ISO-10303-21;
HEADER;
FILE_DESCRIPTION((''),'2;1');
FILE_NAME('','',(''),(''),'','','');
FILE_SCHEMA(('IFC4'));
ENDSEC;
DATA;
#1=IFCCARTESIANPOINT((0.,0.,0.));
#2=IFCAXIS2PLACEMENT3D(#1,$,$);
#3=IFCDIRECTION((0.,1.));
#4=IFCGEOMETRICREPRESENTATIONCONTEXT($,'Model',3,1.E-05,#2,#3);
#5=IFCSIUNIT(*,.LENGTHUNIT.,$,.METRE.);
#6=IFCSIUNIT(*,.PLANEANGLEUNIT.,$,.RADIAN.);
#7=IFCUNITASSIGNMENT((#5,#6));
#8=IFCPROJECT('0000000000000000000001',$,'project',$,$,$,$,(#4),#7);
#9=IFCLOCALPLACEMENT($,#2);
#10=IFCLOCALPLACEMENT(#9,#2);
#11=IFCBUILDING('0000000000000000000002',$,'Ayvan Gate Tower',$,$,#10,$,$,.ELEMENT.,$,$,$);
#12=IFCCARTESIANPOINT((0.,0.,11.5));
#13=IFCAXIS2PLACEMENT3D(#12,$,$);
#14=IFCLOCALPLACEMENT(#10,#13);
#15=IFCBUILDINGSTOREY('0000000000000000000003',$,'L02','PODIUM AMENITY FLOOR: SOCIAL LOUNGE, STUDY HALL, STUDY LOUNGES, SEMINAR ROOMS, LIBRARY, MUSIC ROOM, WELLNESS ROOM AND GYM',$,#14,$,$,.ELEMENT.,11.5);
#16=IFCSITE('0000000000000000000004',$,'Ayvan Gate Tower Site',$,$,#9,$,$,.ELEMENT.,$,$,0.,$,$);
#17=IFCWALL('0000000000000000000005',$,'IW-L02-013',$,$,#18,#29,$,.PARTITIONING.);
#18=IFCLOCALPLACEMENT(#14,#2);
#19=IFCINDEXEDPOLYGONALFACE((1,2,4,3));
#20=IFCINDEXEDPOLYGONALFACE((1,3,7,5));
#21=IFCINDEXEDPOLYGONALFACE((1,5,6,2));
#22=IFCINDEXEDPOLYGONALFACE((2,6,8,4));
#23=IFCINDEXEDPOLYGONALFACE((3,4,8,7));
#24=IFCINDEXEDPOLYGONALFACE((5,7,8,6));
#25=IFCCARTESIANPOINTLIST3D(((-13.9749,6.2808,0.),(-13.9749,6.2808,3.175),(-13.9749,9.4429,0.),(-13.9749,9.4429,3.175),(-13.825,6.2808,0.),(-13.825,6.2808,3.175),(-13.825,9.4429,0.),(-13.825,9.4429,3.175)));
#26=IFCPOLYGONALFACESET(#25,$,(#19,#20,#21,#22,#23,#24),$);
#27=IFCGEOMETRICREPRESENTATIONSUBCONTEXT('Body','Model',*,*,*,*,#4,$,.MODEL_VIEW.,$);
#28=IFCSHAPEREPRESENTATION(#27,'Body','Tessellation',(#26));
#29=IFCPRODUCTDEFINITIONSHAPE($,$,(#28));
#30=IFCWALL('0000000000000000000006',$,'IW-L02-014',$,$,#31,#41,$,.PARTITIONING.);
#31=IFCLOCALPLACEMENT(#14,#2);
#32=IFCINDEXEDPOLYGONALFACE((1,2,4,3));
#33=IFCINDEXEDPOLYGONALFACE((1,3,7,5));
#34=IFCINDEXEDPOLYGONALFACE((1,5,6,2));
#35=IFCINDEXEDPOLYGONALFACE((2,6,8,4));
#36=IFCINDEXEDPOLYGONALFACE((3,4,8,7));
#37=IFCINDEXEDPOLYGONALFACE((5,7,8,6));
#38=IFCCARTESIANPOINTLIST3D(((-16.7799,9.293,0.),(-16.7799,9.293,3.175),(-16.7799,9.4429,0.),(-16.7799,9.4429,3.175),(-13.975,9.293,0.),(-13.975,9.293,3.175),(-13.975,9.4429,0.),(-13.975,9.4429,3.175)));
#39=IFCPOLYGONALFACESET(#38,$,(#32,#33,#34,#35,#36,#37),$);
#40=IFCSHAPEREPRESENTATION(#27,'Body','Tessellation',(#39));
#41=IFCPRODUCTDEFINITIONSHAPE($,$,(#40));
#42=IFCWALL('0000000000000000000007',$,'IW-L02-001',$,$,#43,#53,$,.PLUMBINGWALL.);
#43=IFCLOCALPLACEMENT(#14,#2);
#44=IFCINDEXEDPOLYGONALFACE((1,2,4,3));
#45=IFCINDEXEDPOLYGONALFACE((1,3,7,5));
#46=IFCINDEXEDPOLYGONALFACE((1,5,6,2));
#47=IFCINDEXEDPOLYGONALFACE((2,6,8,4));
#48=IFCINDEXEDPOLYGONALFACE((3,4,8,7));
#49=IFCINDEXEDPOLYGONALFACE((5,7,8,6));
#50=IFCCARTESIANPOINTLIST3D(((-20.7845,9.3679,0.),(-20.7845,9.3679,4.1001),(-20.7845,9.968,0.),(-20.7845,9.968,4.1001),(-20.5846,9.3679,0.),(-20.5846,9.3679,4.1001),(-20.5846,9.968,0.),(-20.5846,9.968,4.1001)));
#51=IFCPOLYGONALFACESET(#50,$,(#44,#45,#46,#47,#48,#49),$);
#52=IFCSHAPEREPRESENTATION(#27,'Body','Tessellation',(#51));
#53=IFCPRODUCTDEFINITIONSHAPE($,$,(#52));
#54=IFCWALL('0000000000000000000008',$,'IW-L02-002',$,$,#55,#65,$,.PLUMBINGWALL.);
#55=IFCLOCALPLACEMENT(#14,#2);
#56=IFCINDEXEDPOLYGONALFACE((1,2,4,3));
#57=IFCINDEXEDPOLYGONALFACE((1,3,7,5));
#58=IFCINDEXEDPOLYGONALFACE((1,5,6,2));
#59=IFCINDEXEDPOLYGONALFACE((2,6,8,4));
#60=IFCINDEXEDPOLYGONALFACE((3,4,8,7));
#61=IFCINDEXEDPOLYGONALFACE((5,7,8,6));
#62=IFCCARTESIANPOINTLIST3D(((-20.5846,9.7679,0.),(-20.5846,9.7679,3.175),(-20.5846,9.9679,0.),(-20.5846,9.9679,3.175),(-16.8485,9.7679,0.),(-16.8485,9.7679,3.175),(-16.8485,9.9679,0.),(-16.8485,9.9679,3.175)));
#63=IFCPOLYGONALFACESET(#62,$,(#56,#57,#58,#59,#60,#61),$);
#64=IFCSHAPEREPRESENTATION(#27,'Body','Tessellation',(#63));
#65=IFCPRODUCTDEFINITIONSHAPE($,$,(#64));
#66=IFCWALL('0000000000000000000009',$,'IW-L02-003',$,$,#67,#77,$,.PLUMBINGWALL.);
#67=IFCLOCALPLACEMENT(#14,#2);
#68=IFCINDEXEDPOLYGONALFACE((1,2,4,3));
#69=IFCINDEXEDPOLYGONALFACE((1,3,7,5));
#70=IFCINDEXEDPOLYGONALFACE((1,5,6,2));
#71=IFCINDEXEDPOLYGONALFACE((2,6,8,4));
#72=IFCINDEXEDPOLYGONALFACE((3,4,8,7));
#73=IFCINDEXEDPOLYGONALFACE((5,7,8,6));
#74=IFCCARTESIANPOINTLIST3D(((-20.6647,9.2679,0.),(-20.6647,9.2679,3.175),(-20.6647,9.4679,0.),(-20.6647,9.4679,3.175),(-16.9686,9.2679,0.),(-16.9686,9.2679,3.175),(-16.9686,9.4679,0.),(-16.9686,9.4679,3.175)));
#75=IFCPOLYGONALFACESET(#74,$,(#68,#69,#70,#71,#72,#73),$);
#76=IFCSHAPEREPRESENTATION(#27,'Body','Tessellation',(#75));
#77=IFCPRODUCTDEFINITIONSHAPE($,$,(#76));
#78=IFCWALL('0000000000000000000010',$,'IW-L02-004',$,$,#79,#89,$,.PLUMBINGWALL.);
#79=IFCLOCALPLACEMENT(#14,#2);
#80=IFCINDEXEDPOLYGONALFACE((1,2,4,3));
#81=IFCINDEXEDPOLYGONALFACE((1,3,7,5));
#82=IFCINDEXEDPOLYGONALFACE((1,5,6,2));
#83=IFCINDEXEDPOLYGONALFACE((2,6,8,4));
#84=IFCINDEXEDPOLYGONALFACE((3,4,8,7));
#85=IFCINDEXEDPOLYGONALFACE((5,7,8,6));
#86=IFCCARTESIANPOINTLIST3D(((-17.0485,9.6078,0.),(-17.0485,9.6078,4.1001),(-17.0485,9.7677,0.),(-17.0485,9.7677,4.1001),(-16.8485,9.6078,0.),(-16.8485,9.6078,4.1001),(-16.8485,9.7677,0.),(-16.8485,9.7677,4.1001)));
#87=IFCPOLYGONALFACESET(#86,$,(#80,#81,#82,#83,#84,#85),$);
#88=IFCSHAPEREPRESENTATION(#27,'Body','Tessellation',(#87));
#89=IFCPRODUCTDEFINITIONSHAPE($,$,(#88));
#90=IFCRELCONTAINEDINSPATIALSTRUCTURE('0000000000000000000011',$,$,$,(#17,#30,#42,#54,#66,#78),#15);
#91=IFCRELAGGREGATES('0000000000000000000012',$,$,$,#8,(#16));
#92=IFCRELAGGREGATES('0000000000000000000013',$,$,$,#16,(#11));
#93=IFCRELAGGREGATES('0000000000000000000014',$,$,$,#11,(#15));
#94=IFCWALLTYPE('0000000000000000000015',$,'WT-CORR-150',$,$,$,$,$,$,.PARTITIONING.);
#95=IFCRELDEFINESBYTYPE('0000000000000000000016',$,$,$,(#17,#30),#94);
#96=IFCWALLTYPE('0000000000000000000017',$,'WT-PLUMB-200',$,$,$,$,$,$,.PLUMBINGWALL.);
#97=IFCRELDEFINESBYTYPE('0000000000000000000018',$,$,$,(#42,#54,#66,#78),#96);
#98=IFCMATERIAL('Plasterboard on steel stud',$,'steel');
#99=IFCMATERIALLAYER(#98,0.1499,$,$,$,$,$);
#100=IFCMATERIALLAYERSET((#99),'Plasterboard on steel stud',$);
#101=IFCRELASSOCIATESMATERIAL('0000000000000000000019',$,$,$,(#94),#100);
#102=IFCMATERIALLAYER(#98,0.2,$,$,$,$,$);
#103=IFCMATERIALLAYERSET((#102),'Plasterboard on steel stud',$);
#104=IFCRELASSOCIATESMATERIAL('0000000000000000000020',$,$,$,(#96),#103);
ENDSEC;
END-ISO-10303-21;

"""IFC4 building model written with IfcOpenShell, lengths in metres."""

from ifc_helpers import new_model, si_unit, direction, frame, frame_2d, origin, place, context, subcontext, project, spatial, rectangle, extrude, material, layer, layer_set, type_object, element, save


model = new_model("IFC4")

# Units and contexts
model_context = context("Model", 3, precision=1e-05, world=origin(), true_north=direction((0.0, 1.0)))
body_context = subcontext(model_context, "Body", "Model", "MODEL_VIEW")
ifc_project = project(units=[si_unit("LENGTHUNIT", "METRE"), si_unit("PLANEANGLEUNIT", "RADIAN")], contexts=[model_context])

# Site, building, storey
site_placement = place(None, origin())
site = spatial("IfcSite", under=ifc_project, at=site_placement, Name="Ayvan Gate Tower Site", CompositionType="ELEMENT", RefElevation=0.0)
building_placement = place(site_placement, origin())
building = spatial("IfcBuilding", under=site, at=building_placement, Name="Ayvan Gate Tower", CompositionType="ELEMENT")
storey_placement = place(building_placement, frame((0.0, 0.0, 11.5)))
storey = spatial("IfcBuildingStorey", under=building, at=storey_placement, Name="L02", Description="PODIUM AMENITY FLOOR: SOCIAL LOUNGE, STUDY HALL, STUDY LOUNGES, SEMINAR ROOMS, LIBRARY, MUSIC ROOM, WELLNESS ROOM AND GYM", CompositionType="ELEMENT", Elevation=11.5)

# Shared definitions
ifc_material_1 = material(Name="Plasterboard on steel stud", Category="steel")
ifc_layer_1 = layer(ifc_material_1, 0.1499)
ifc_layer_set_1 = layer_set([ifc_layer_1], Name="Plasterboard on steel stud")
wall_type_1 = type_object("IfcWallType", Name="WT-CORR-150", PredefinedType="PARTITIONING", material=ifc_layer_set_1)

# Walls
wall_1_placement = place(storey_placement, frame((-13.8999, 6.2808, 0.0), z_axis=(0.0, 0.0, 1.0), x_axis=(0.0, 1.0, 0.0)))
element("IfcWall", 1, at=wall_1_placement, inside=storey, type_object=wall_type_1, Name="IW-L02-013", PredefinedType="PARTITIONING", context=body_context, shape_type="SweptSolid", body=[
    extrude(rectangle(XDim=3.1621, YDim=0.1499, at=frame_2d((1.5811, 0.0))), origin(), (0.0, 0.0, 1.0), 3.175),
])
wall_2_placement = place(storey_placement, frame((-13.9751, 9.3679, 0.0), z_axis=(0.0, 0.0, 1.0), x_axis=(-1.0, 0.0, 0.0)))
element("IfcWall", 2, at=wall_2_placement, inside=storey, type_object=wall_type_1, Name="IW-L02-014", PredefinedType="PARTITIONING", context=body_context, shape_type="SweptSolid", body=[
    extrude(rectangle(XDim=2.8049, YDim=0.1499, at=frame_2d((1.4023, 0.0))), origin(), (0.0, 0.0, 1.0), 3.175),
])
ifc_layer_2 = layer(ifc_material_1, 0.2)
ifc_layer_set_2 = layer_set([ifc_layer_2], Name="Plasterboard on steel stud")
wall_type_2 = type_object("IfcWallType", Name="WT-PLUMB-200", PredefinedType="PLUMBINGWALL", material=ifc_layer_set_2)
wall_3_placement = place(storey_placement, frame((-20.6846, 9.3679, 0.0), z_axis=(0.0, 0.0, 1.0), x_axis=(0.0, 1.0, 0.0)))
element("IfcWall", 3, at=wall_3_placement, inside=storey, type_object=wall_type_2, Name="IW-L02-001", PredefinedType="PLUMBINGWALL", context=body_context, shape_type="SweptSolid", body=[
    extrude(rectangle(XDim=0.6001, YDim=0.2, at=frame_2d((0.3, 0.0))), origin(), (0.0, 0.0, 1.0), 4.1001),
])
wall_4_placement = place(storey_placement, frame((-20.5847, 9.8679, 0.0), z_axis=(0.0, 0.0, 1.0), x_axis=(1.0, 0.0, 0.0)))
element("IfcWall", 4, at=wall_4_placement, inside=storey, type_object=wall_type_2, Name="IW-L02-002", PredefinedType="PLUMBINGWALL", context=body_context, shape_type="SweptSolid", body=[
    extrude(rectangle(XDim=3.7361, YDim=0.2, at=frame_2d((1.8682, 0.0))), origin(), (0.0, 0.0, 1.0), 3.175),
])
wall_5_placement = place(storey_placement, frame((-16.9685, 9.3679, 0.0), z_axis=(0.0, 0.0, 1.0), x_axis=(-1.0, 0.0, 0.0)))
element("IfcWall", 5, at=wall_5_placement, inside=storey, type_object=wall_type_2, Name="IW-L02-003", PredefinedType="PLUMBINGWALL", context=body_context, shape_type="SweptSolid", body=[
    extrude(rectangle(XDim=3.696, YDim=0.2, at=frame_2d((1.8481, 0.0))), origin(), (0.0, 0.0, 1.0), 3.175),
])
wall_6_placement = place(storey_placement, frame((-16.9485, 9.7678, 0.0), z_axis=(0.0, 0.0, 1.0), x_axis=(0.0, -1.0, 0.0)))
element("IfcWall", 6, at=wall_6_placement, inside=storey, type_object=wall_type_2, Name="IW-L02-004", PredefinedType="PLUMBINGWALL", context=body_context, shape_type="SweptSolid", body=[
    extrude(rectangle(XDim=0.1599, YDim=0.2, at=frame_2d((0.0801, 0.0))), origin(), (0.0, 0.0, 1.0), 4.1001),
])

save(model, "model.ifc")
